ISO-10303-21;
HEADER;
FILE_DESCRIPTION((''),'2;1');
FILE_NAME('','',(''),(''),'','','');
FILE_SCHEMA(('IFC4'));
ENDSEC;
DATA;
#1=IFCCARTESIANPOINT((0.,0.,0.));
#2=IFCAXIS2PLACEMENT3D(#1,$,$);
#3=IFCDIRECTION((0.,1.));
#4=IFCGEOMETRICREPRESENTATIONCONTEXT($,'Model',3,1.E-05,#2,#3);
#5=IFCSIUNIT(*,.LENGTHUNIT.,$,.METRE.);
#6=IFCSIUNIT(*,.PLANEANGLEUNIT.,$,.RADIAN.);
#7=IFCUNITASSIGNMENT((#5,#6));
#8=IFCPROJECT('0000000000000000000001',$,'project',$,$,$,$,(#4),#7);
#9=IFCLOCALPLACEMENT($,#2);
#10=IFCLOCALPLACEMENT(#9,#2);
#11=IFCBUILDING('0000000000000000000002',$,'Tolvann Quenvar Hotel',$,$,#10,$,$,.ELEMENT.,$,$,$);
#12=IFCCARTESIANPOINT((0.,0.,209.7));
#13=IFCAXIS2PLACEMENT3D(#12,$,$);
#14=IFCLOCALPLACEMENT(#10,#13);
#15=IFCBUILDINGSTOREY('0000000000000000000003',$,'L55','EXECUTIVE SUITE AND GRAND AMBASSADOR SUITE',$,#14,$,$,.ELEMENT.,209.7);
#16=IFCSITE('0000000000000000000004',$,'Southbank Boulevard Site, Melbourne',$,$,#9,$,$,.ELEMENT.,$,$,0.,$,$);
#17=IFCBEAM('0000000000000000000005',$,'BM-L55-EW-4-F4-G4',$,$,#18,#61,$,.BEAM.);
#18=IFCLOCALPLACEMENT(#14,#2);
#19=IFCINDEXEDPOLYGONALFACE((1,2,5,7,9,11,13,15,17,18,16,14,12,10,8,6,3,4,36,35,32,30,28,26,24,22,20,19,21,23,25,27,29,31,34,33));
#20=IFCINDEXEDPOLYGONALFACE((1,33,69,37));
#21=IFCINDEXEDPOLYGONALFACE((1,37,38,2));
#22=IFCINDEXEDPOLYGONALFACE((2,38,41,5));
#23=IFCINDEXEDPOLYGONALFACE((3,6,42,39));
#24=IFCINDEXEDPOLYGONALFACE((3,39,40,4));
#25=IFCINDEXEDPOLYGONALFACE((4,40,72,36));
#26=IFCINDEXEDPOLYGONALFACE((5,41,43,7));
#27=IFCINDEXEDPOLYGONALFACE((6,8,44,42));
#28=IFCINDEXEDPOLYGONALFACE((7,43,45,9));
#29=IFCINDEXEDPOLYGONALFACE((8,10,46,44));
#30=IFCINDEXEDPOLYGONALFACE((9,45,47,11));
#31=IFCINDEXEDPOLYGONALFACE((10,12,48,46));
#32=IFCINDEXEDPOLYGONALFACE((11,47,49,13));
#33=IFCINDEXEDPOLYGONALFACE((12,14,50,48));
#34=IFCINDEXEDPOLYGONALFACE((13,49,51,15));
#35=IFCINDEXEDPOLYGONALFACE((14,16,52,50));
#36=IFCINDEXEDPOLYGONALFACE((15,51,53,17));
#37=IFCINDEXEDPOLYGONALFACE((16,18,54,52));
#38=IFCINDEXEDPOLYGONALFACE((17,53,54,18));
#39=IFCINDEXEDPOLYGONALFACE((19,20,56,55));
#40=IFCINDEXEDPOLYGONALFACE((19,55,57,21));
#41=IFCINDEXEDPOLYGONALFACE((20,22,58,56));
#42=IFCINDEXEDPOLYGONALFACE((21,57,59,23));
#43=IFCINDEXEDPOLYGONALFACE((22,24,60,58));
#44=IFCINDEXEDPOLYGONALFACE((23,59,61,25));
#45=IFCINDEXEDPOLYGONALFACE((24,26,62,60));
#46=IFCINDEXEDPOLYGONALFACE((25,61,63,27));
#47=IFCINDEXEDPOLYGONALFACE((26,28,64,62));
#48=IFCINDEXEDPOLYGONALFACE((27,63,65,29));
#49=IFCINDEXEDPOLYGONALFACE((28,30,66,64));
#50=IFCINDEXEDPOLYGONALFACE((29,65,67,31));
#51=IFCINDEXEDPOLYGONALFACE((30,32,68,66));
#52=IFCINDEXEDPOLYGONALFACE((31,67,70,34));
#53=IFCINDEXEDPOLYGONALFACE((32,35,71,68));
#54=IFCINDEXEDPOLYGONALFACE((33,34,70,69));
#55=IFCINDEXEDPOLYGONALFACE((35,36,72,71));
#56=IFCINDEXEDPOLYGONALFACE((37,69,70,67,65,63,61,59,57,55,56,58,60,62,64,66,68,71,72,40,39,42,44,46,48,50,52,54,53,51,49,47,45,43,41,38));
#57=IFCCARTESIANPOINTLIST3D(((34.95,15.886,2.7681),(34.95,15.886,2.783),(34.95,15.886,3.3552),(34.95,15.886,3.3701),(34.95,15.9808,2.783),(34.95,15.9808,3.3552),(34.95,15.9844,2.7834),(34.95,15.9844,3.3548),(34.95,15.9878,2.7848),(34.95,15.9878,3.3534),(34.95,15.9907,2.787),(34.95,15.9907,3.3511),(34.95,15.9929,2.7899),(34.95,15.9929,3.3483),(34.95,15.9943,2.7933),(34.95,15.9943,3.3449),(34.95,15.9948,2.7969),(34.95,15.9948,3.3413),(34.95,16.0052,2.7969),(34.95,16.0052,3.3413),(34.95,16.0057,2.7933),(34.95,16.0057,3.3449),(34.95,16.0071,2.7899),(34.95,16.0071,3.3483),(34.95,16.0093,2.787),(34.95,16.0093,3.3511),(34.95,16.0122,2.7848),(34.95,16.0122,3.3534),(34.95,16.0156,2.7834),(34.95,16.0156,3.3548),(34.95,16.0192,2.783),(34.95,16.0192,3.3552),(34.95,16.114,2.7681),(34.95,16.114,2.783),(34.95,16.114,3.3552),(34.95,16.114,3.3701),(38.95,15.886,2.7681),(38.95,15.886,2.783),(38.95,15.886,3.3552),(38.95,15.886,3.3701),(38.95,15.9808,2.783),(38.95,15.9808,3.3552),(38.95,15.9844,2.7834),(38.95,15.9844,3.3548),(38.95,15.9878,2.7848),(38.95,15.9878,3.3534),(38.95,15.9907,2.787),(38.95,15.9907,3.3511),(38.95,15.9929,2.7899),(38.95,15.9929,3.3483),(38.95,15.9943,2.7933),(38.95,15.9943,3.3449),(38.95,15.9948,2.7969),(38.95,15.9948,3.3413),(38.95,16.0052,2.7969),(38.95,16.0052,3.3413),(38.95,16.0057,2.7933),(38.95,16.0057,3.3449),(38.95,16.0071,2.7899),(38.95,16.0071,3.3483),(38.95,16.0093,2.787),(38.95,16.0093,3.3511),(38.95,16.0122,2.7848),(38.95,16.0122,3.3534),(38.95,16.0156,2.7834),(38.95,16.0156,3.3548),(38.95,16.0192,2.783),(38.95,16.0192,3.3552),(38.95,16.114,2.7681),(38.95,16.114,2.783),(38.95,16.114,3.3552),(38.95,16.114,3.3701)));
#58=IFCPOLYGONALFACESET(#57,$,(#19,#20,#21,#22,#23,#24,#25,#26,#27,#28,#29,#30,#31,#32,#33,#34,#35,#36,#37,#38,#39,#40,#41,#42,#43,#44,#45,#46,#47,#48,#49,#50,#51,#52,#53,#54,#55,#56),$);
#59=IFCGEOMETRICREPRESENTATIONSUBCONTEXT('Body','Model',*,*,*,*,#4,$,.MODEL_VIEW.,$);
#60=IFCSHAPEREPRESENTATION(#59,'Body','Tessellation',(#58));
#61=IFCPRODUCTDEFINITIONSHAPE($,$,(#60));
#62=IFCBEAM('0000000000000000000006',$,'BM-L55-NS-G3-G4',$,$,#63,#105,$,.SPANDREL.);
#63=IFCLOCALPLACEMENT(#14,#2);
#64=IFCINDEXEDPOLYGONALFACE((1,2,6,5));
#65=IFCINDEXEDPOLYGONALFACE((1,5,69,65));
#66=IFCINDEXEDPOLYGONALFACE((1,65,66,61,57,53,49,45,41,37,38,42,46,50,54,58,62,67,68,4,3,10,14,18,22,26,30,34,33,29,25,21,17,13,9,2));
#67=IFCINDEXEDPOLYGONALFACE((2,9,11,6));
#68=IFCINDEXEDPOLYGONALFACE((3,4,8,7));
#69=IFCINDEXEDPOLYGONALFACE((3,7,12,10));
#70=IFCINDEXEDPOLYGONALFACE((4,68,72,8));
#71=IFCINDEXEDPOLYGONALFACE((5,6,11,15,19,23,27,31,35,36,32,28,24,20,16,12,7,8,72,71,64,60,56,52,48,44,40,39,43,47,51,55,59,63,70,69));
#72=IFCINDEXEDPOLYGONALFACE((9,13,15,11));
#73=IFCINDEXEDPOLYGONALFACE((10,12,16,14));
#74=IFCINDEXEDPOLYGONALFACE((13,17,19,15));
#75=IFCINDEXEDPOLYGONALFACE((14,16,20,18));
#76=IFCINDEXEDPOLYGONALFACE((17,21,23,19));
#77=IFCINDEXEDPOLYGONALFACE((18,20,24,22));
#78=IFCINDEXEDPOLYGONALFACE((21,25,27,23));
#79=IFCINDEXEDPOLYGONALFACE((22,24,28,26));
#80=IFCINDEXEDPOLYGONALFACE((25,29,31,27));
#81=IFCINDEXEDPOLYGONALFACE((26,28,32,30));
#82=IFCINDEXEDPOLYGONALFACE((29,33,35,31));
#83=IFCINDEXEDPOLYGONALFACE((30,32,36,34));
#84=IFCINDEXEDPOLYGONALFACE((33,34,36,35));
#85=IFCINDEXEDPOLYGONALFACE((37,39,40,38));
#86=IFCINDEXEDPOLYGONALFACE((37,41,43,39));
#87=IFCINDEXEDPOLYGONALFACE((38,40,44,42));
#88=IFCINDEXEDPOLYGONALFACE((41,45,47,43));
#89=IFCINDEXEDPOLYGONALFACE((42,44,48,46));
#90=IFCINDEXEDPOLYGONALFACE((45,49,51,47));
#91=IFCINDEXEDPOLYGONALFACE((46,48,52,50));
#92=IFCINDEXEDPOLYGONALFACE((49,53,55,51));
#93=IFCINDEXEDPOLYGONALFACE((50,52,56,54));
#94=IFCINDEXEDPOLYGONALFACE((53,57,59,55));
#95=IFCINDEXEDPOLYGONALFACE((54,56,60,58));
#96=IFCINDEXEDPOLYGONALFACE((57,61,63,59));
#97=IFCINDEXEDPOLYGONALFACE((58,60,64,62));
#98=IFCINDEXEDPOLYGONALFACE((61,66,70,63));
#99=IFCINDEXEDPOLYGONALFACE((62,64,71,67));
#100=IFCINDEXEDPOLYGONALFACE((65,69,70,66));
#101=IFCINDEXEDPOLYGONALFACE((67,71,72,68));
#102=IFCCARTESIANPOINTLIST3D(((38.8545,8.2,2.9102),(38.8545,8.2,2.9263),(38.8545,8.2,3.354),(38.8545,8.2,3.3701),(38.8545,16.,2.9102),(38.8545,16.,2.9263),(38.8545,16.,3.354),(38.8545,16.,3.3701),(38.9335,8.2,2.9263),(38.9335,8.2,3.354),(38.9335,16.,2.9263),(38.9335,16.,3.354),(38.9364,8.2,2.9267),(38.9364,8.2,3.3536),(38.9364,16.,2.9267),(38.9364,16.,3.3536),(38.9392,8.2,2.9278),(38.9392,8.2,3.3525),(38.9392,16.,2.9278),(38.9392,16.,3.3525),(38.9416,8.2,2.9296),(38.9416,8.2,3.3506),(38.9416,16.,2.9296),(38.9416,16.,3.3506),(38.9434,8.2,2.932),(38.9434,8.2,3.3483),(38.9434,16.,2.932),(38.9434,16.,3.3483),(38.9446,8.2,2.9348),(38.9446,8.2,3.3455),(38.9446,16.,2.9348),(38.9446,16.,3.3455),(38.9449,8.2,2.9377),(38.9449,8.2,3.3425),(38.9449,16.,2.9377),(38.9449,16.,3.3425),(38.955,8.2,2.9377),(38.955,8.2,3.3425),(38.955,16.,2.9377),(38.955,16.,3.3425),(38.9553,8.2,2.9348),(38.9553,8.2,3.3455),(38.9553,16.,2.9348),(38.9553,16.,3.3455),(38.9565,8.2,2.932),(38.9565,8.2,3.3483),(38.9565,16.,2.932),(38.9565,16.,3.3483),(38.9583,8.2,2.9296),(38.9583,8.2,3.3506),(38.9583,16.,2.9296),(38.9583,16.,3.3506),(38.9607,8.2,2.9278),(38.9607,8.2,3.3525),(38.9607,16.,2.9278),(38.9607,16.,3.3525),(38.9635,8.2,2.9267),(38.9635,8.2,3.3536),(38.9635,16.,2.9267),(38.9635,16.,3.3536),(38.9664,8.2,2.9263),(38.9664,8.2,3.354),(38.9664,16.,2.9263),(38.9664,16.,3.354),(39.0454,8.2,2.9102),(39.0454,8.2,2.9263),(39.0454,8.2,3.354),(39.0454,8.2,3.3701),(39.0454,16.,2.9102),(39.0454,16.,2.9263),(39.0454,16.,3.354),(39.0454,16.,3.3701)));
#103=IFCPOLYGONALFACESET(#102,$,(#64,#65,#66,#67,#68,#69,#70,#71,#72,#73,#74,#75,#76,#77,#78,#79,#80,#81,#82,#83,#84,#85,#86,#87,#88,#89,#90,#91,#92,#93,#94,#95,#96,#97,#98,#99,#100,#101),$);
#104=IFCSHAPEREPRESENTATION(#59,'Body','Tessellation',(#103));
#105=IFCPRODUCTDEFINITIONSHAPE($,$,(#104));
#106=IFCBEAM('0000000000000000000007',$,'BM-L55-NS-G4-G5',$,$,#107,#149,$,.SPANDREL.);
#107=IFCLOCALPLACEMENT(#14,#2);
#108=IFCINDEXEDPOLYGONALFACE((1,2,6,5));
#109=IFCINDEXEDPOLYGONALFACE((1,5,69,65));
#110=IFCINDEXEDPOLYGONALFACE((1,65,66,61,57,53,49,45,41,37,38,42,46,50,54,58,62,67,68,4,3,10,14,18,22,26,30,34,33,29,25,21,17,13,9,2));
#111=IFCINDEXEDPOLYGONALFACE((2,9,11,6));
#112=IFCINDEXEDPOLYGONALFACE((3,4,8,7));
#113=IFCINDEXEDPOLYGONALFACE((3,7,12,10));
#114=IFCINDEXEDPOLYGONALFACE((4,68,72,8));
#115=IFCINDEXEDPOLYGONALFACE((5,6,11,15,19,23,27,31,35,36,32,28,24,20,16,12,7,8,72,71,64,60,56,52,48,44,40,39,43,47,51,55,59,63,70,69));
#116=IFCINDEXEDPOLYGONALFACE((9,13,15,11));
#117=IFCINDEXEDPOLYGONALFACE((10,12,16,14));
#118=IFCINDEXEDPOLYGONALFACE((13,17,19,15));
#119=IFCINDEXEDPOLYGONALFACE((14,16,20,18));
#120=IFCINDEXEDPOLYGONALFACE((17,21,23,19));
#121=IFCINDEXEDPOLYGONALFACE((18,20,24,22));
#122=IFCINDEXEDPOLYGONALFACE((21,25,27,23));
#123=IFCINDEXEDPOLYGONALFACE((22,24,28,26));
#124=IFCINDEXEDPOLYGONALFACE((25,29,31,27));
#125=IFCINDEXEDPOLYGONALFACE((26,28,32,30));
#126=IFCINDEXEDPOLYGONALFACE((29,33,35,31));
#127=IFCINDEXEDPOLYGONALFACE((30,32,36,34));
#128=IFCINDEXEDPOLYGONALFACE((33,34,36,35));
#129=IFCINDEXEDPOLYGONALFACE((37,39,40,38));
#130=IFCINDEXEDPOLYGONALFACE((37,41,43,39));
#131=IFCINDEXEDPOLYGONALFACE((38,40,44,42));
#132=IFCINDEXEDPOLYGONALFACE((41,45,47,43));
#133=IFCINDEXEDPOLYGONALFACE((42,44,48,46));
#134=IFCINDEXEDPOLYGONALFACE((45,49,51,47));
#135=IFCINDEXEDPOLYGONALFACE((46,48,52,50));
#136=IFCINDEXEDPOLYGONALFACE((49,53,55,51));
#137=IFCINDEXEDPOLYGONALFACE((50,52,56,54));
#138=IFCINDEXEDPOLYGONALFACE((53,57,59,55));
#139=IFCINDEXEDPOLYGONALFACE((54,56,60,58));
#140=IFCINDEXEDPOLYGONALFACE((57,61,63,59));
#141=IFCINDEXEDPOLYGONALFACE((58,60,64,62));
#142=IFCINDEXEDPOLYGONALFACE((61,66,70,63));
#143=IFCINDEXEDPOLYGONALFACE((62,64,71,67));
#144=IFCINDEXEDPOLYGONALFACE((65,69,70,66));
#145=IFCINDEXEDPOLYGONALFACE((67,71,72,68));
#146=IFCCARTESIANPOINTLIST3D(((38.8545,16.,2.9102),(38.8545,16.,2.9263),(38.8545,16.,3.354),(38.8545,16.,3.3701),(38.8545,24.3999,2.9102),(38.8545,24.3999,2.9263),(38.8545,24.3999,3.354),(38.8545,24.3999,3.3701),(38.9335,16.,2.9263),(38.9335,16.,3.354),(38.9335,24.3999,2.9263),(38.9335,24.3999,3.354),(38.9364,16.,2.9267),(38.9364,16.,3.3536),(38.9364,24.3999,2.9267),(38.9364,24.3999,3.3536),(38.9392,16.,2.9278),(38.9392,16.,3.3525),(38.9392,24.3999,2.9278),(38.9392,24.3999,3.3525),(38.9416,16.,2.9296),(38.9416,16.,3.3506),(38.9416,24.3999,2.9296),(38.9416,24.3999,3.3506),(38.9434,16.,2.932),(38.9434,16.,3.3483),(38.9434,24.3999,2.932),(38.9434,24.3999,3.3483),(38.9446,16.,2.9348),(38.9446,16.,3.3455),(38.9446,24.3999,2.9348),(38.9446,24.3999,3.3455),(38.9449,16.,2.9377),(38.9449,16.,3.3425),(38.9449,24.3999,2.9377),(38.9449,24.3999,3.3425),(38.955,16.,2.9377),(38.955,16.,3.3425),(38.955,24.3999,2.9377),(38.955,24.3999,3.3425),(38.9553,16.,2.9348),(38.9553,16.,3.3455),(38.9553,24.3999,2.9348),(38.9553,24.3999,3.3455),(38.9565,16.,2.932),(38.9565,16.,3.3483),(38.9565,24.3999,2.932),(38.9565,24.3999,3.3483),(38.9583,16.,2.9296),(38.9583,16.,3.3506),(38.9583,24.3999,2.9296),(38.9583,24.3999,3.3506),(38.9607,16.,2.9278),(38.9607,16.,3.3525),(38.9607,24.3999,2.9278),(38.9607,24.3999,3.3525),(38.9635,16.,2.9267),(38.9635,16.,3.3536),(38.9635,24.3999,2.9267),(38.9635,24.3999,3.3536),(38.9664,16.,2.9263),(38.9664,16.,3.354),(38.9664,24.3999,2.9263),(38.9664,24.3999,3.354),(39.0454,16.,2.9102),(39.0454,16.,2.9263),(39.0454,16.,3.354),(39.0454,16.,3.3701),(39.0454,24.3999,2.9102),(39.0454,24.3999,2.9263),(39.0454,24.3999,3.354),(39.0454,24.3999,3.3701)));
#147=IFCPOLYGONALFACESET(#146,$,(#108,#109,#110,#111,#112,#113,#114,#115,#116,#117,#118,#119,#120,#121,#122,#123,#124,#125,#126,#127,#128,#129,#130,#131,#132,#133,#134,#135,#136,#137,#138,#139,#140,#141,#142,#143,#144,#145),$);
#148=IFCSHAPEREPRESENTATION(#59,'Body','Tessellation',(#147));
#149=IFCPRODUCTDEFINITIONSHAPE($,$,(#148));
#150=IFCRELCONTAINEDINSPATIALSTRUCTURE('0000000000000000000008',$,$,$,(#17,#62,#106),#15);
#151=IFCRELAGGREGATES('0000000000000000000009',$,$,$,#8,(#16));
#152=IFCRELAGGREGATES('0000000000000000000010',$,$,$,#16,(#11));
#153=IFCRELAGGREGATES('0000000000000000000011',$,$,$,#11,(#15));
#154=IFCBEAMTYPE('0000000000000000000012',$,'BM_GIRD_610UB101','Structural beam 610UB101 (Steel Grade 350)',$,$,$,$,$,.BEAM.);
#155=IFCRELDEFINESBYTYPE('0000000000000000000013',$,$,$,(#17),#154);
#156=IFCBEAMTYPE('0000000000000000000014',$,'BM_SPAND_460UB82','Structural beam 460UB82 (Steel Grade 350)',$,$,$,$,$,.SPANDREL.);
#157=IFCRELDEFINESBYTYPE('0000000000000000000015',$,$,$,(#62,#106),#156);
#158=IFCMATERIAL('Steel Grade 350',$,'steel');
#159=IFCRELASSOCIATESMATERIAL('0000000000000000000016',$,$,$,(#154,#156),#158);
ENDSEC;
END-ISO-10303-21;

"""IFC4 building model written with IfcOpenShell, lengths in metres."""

from ifc_helpers import new_model, si_unit, direction, frame, origin, origin_2d, place, context, subcontext, project, spatial, i_section, extrude, source, transform, mapped, material, material_profile, profile_set, type_object, type_shapes, element, save


model = new_model("IFC4")

# Units and contexts
model_context = context("Model", 3, precision=1e-05, world=origin(), true_north=direction((0.0, 1.0)))
body_context = subcontext(model_context, "Body", "Model", "MODEL_VIEW")
ifc_project = project(units=[si_unit("LENGTHUNIT", "METRE"), si_unit("PLANEANGLEUNIT", "RADIAN")], contexts=[model_context])

# Site, building, storey
site_placement = place(None, origin())
site = spatial("IfcSite", under=ifc_project, at=site_placement, Name="Southbank Boulevard Site, Melbourne", CompositionType="ELEMENT", RefElevation=0.0)
building_placement = place(site_placement, origin())
building = spatial("IfcBuilding", under=site, at=building_placement, Name="Tolvann Quenvar Hotel", CompositionType="ELEMENT")
storey_placement = place(building_placement, frame((0.0, 0.0, 209.7)))
storey = spatial("IfcBuildingStorey", under=building, at=storey_placement, Name="L55", Description="EXECUTIVE SUITE AND GRAND AMBASSADOR SUITE", CompositionType="ELEMENT", Elevation=209.7)

# Shared definitions
ifc_material_1 = material(Name="Steel Grade 350", Category="steel")

# Beams
ifc_material_profile_1 = material_profile(ifc_material_1, i_section(OverallWidth=0.228, OverallDepth=0.6021, WebThickness=0.0105, FlangeThickness=0.0149, FilletRadius=0.0139, at=origin_2d()), Name="610UB101")
ifc_profile_set_1 = profile_set([ifc_material_profile_1], Name="Steel Grade 350")
beam_type_1 = type_object("IfcBeamType", Name="BM_GIRD_610UB101", Description="Structural beam 610UB101 (Steel Grade 350)", PredefinedType="BEAM", material=ifc_profile_set_1)
shared_shape_1 = source(origin(), body_context, "Body", "SweptSolid", [
    extrude(i_section(OverallWidth=0.228, OverallDepth=0.6021, WebThickness=0.0105, FlangeThickness=0.0149, FilletRadius=0.0139, at=origin_2d()), origin(), (0.0, 0.0, 1.0), 4.0),
])
type_shapes(beam_type_1, [shared_shape_1])
beam_1_placement = place(storey_placement, frame((34.95, 16.0, 3.0691), z_axis=(1.0, 0.0, 0.0), x_axis=(0.0, 1.0, 0.0)))
element("IfcBeam", 1, at=beam_1_placement, inside=storey, type_object=beam_type_1, Name="BM-L55-EW-4-F4-G4", PredefinedType="BEAM", context=body_context, shape_type="MappedRepresentation", body=[
    mapped(shared_shape_1, transform((0.0, 0.0, 0.0), x_axis=(1.0, 0.0, 0.0), y_axis=(0.0, 1.0, 0.0), z_axis=(0.0, 0.0, 1.0), scale=1.0)),
])
ifc_material_profile_2 = material_profile(ifc_material_1, i_section(OverallWidth=0.1909, OverallDepth=0.46, WebThickness=0.01, FlangeThickness=0.0161, FilletRadius=0.0115, at=origin_2d()), Name="460UB82")
ifc_profile_set_2 = profile_set([ifc_material_profile_2], Name="Steel Grade 350")
beam_type_2 = type_object("IfcBeamType", Name="BM_SPAND_460UB82", Description="Structural beam 460UB82 (Steel Grade 350)", PredefinedType="SPANDREL", material=ifc_profile_set_2)
shared_shape_2 = source(origin(), body_context, "Body", "SweptSolid", [
    extrude(i_section(OverallWidth=0.1909, OverallDepth=0.46, WebThickness=0.01, FlangeThickness=0.0161, FilletRadius=0.0115, at=origin_2d()), origin(), (0.0, 0.0, 1.0), 7.8),
])
beam_2_placement = place(storey_placement, frame((38.95, 8.2, 3.1401), z_axis=(0.0, 1.0, 0.0), x_axis=(-1.0, 0.0, 0.0)))
element("IfcBeam", 2, at=beam_2_placement, inside=storey, type_object=beam_type_2, Name="BM-L55-NS-G3-G4", PredefinedType="SPANDREL", context=body_context, shape_type="MappedRepresentation", body=[
    mapped(shared_shape_2, transform((0.0, 0.0, 0.0), x_axis=(1.0, 0.0, 0.0), y_axis=(0.0, 1.0, 0.0), z_axis=(0.0, 0.0, 1.0), scale=1.0)),
])
shared_shape_3 = source(origin(), body_context, "Body", "SweptSolid", [
    extrude(i_section(OverallWidth=0.1909, OverallDepth=0.46, WebThickness=0.01, FlangeThickness=0.0161, FilletRadius=0.0115, at=origin_2d()), origin(), (0.0, 0.0, 1.0), 8.3999),
])
beam_3_placement = place(storey_placement, frame((38.95, 16.0, 3.1401), z_axis=(0.0, 1.0, 0.0), x_axis=(-1.0, 0.0, 0.0)))
element("IfcBeam", 3, at=beam_3_placement, inside=storey, type_object=beam_type_2, Name="BM-L55-NS-G4-G5", PredefinedType="SPANDREL", context=body_context, shape_type="MappedRepresentation", body=[
    mapped(shared_shape_3, transform((0.0, 0.0, 0.0), x_axis=(1.0, 0.0, 0.0), y_axis=(0.0, 1.0, 0.0), z_axis=(0.0, 0.0, 1.0), scale=1.0)),
])

save(model, "model.ifc")
